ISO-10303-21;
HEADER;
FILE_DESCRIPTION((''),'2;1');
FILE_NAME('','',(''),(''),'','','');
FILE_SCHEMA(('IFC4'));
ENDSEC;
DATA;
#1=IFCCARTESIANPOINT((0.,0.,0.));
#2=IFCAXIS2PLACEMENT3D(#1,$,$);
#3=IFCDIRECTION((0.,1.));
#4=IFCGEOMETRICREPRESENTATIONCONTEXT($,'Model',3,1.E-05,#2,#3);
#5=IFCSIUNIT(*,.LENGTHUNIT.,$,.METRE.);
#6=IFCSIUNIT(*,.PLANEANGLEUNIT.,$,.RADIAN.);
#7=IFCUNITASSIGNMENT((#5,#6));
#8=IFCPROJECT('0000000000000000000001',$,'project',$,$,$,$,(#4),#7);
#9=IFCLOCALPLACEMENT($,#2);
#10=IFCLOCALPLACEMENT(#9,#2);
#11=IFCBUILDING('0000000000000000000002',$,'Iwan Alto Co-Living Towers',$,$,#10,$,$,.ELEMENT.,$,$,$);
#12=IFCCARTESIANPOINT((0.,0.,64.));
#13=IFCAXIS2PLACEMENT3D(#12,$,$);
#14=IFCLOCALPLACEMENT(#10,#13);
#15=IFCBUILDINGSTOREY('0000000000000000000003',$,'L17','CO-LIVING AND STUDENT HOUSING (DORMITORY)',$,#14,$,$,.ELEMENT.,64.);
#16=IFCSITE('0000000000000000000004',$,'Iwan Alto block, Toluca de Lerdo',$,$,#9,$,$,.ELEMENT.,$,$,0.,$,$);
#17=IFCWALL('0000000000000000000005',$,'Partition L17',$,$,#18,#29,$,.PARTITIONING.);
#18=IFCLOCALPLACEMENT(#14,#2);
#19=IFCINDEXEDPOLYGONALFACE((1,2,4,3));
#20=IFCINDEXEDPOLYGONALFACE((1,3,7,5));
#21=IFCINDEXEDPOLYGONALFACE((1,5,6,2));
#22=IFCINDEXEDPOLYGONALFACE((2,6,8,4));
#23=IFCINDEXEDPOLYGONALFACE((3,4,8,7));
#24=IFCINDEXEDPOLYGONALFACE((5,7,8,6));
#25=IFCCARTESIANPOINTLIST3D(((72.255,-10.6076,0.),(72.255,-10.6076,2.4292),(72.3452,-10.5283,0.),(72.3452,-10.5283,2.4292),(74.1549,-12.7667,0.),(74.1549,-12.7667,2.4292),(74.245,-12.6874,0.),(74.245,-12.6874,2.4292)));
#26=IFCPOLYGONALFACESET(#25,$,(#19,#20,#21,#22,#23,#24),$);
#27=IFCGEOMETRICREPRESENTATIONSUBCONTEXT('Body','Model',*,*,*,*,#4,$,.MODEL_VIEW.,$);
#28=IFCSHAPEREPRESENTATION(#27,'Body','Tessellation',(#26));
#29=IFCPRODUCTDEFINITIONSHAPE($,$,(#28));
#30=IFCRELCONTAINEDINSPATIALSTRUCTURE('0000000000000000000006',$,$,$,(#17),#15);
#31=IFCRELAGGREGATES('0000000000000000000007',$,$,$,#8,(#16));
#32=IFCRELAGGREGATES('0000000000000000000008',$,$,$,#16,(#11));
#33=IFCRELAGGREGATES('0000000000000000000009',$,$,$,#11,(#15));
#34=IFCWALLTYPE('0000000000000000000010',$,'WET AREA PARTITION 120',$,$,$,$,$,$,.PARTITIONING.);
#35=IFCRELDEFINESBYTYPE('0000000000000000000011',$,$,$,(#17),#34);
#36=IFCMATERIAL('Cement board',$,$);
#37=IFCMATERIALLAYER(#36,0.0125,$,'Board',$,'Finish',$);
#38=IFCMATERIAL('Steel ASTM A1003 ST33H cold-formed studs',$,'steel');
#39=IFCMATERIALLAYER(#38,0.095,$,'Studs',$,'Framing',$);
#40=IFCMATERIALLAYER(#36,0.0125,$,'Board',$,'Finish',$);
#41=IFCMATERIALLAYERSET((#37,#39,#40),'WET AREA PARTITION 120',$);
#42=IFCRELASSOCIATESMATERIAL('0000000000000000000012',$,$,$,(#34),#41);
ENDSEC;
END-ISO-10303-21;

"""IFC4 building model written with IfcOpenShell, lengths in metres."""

from ifc_helpers import new_model, si_unit, direction, frame, frame_2d, origin, place, context, subcontext, project, spatial, rectangle, extrude, material, layer, layer_set, type_object, element, save


model = new_model("IFC4")

# Units and contexts
model_context = context("Model", 3, precision=1e-05, world=origin(), true_north=direction((0.0, 1.0)))
body_context = subcontext(model_context, "Body", "Model", "MODEL_VIEW")
ifc_project = project(units=[si_unit("LENGTHUNIT", "METRE"), si_unit("PLANEANGLEUNIT", "RADIAN")], contexts=[model_context])

# Site, building, storey
site_placement = place(None, origin())
site = spatial("IfcSite", under=ifc_project, at=site_placement, Name="Iwan Alto block, Toluca de Lerdo", CompositionType="ELEMENT", RefElevation=0.0)
building_placement = place(site_placement, origin())
building = spatial("IfcBuilding", under=site, at=building_placement, Name="Iwan Alto Co-Living Towers", CompositionType="ELEMENT")
storey_placement = place(building_placement, frame((0.0, 0.0, 64.0)))
storey = spatial("IfcBuildingStorey", under=building, at=storey_placement, Name="L17", Description="CO-LIVING AND STUDENT HOUSING (DORMITORY)", CompositionType="ELEMENT", Elevation=64.0)

# Shared definitions
ifc_material_1 = material(Name="Steel ASTM A1003 ST33H cold-formed studs", Category="steel")
ifc_material_2 = material(Name="Cement board")
ifc_layer_1 = layer(ifc_material_2, 0.0125, Name="Board", Category="Finish")
ifc_layer_2 = layer(ifc_material_1, 0.095, Name="Studs", Category="Framing")
ifc_layer_3 = layer(ifc_material_2, 0.0125, Name="Board", Category="Finish")
ifc_layer_set_1 = layer_set([ifc_layer_1, ifc_layer_2, ifc_layer_3], Name="WET AREA PARTITION 120")
wall_type_1 = type_object("IfcWallType", Name="WET AREA PARTITION 120", PredefinedType="PARTITIONING", material=ifc_layer_set_1)

# Wall
wall_1_placement = place(storey_placement, frame((74.2, -12.7271, 0.0), z_axis=(0.0, 0.0, 1.0), x_axis=(-0.660593, 0.750744, 0.0)))
element("IfcWall", 1, at=wall_1_placement, inside=storey, type_object=wall_type_1, Name="Partition L17", PredefinedType="PARTITIONING", context=body_context, shape_type="SweptSolid", body=[
    extrude(rectangle(XDim=2.876, YDim=0.1201, at=frame_2d((1.438, 0.0))), origin(), (0.0, 0.0, 1.0), 2.4292),
])

save(model, "model.ifc")
